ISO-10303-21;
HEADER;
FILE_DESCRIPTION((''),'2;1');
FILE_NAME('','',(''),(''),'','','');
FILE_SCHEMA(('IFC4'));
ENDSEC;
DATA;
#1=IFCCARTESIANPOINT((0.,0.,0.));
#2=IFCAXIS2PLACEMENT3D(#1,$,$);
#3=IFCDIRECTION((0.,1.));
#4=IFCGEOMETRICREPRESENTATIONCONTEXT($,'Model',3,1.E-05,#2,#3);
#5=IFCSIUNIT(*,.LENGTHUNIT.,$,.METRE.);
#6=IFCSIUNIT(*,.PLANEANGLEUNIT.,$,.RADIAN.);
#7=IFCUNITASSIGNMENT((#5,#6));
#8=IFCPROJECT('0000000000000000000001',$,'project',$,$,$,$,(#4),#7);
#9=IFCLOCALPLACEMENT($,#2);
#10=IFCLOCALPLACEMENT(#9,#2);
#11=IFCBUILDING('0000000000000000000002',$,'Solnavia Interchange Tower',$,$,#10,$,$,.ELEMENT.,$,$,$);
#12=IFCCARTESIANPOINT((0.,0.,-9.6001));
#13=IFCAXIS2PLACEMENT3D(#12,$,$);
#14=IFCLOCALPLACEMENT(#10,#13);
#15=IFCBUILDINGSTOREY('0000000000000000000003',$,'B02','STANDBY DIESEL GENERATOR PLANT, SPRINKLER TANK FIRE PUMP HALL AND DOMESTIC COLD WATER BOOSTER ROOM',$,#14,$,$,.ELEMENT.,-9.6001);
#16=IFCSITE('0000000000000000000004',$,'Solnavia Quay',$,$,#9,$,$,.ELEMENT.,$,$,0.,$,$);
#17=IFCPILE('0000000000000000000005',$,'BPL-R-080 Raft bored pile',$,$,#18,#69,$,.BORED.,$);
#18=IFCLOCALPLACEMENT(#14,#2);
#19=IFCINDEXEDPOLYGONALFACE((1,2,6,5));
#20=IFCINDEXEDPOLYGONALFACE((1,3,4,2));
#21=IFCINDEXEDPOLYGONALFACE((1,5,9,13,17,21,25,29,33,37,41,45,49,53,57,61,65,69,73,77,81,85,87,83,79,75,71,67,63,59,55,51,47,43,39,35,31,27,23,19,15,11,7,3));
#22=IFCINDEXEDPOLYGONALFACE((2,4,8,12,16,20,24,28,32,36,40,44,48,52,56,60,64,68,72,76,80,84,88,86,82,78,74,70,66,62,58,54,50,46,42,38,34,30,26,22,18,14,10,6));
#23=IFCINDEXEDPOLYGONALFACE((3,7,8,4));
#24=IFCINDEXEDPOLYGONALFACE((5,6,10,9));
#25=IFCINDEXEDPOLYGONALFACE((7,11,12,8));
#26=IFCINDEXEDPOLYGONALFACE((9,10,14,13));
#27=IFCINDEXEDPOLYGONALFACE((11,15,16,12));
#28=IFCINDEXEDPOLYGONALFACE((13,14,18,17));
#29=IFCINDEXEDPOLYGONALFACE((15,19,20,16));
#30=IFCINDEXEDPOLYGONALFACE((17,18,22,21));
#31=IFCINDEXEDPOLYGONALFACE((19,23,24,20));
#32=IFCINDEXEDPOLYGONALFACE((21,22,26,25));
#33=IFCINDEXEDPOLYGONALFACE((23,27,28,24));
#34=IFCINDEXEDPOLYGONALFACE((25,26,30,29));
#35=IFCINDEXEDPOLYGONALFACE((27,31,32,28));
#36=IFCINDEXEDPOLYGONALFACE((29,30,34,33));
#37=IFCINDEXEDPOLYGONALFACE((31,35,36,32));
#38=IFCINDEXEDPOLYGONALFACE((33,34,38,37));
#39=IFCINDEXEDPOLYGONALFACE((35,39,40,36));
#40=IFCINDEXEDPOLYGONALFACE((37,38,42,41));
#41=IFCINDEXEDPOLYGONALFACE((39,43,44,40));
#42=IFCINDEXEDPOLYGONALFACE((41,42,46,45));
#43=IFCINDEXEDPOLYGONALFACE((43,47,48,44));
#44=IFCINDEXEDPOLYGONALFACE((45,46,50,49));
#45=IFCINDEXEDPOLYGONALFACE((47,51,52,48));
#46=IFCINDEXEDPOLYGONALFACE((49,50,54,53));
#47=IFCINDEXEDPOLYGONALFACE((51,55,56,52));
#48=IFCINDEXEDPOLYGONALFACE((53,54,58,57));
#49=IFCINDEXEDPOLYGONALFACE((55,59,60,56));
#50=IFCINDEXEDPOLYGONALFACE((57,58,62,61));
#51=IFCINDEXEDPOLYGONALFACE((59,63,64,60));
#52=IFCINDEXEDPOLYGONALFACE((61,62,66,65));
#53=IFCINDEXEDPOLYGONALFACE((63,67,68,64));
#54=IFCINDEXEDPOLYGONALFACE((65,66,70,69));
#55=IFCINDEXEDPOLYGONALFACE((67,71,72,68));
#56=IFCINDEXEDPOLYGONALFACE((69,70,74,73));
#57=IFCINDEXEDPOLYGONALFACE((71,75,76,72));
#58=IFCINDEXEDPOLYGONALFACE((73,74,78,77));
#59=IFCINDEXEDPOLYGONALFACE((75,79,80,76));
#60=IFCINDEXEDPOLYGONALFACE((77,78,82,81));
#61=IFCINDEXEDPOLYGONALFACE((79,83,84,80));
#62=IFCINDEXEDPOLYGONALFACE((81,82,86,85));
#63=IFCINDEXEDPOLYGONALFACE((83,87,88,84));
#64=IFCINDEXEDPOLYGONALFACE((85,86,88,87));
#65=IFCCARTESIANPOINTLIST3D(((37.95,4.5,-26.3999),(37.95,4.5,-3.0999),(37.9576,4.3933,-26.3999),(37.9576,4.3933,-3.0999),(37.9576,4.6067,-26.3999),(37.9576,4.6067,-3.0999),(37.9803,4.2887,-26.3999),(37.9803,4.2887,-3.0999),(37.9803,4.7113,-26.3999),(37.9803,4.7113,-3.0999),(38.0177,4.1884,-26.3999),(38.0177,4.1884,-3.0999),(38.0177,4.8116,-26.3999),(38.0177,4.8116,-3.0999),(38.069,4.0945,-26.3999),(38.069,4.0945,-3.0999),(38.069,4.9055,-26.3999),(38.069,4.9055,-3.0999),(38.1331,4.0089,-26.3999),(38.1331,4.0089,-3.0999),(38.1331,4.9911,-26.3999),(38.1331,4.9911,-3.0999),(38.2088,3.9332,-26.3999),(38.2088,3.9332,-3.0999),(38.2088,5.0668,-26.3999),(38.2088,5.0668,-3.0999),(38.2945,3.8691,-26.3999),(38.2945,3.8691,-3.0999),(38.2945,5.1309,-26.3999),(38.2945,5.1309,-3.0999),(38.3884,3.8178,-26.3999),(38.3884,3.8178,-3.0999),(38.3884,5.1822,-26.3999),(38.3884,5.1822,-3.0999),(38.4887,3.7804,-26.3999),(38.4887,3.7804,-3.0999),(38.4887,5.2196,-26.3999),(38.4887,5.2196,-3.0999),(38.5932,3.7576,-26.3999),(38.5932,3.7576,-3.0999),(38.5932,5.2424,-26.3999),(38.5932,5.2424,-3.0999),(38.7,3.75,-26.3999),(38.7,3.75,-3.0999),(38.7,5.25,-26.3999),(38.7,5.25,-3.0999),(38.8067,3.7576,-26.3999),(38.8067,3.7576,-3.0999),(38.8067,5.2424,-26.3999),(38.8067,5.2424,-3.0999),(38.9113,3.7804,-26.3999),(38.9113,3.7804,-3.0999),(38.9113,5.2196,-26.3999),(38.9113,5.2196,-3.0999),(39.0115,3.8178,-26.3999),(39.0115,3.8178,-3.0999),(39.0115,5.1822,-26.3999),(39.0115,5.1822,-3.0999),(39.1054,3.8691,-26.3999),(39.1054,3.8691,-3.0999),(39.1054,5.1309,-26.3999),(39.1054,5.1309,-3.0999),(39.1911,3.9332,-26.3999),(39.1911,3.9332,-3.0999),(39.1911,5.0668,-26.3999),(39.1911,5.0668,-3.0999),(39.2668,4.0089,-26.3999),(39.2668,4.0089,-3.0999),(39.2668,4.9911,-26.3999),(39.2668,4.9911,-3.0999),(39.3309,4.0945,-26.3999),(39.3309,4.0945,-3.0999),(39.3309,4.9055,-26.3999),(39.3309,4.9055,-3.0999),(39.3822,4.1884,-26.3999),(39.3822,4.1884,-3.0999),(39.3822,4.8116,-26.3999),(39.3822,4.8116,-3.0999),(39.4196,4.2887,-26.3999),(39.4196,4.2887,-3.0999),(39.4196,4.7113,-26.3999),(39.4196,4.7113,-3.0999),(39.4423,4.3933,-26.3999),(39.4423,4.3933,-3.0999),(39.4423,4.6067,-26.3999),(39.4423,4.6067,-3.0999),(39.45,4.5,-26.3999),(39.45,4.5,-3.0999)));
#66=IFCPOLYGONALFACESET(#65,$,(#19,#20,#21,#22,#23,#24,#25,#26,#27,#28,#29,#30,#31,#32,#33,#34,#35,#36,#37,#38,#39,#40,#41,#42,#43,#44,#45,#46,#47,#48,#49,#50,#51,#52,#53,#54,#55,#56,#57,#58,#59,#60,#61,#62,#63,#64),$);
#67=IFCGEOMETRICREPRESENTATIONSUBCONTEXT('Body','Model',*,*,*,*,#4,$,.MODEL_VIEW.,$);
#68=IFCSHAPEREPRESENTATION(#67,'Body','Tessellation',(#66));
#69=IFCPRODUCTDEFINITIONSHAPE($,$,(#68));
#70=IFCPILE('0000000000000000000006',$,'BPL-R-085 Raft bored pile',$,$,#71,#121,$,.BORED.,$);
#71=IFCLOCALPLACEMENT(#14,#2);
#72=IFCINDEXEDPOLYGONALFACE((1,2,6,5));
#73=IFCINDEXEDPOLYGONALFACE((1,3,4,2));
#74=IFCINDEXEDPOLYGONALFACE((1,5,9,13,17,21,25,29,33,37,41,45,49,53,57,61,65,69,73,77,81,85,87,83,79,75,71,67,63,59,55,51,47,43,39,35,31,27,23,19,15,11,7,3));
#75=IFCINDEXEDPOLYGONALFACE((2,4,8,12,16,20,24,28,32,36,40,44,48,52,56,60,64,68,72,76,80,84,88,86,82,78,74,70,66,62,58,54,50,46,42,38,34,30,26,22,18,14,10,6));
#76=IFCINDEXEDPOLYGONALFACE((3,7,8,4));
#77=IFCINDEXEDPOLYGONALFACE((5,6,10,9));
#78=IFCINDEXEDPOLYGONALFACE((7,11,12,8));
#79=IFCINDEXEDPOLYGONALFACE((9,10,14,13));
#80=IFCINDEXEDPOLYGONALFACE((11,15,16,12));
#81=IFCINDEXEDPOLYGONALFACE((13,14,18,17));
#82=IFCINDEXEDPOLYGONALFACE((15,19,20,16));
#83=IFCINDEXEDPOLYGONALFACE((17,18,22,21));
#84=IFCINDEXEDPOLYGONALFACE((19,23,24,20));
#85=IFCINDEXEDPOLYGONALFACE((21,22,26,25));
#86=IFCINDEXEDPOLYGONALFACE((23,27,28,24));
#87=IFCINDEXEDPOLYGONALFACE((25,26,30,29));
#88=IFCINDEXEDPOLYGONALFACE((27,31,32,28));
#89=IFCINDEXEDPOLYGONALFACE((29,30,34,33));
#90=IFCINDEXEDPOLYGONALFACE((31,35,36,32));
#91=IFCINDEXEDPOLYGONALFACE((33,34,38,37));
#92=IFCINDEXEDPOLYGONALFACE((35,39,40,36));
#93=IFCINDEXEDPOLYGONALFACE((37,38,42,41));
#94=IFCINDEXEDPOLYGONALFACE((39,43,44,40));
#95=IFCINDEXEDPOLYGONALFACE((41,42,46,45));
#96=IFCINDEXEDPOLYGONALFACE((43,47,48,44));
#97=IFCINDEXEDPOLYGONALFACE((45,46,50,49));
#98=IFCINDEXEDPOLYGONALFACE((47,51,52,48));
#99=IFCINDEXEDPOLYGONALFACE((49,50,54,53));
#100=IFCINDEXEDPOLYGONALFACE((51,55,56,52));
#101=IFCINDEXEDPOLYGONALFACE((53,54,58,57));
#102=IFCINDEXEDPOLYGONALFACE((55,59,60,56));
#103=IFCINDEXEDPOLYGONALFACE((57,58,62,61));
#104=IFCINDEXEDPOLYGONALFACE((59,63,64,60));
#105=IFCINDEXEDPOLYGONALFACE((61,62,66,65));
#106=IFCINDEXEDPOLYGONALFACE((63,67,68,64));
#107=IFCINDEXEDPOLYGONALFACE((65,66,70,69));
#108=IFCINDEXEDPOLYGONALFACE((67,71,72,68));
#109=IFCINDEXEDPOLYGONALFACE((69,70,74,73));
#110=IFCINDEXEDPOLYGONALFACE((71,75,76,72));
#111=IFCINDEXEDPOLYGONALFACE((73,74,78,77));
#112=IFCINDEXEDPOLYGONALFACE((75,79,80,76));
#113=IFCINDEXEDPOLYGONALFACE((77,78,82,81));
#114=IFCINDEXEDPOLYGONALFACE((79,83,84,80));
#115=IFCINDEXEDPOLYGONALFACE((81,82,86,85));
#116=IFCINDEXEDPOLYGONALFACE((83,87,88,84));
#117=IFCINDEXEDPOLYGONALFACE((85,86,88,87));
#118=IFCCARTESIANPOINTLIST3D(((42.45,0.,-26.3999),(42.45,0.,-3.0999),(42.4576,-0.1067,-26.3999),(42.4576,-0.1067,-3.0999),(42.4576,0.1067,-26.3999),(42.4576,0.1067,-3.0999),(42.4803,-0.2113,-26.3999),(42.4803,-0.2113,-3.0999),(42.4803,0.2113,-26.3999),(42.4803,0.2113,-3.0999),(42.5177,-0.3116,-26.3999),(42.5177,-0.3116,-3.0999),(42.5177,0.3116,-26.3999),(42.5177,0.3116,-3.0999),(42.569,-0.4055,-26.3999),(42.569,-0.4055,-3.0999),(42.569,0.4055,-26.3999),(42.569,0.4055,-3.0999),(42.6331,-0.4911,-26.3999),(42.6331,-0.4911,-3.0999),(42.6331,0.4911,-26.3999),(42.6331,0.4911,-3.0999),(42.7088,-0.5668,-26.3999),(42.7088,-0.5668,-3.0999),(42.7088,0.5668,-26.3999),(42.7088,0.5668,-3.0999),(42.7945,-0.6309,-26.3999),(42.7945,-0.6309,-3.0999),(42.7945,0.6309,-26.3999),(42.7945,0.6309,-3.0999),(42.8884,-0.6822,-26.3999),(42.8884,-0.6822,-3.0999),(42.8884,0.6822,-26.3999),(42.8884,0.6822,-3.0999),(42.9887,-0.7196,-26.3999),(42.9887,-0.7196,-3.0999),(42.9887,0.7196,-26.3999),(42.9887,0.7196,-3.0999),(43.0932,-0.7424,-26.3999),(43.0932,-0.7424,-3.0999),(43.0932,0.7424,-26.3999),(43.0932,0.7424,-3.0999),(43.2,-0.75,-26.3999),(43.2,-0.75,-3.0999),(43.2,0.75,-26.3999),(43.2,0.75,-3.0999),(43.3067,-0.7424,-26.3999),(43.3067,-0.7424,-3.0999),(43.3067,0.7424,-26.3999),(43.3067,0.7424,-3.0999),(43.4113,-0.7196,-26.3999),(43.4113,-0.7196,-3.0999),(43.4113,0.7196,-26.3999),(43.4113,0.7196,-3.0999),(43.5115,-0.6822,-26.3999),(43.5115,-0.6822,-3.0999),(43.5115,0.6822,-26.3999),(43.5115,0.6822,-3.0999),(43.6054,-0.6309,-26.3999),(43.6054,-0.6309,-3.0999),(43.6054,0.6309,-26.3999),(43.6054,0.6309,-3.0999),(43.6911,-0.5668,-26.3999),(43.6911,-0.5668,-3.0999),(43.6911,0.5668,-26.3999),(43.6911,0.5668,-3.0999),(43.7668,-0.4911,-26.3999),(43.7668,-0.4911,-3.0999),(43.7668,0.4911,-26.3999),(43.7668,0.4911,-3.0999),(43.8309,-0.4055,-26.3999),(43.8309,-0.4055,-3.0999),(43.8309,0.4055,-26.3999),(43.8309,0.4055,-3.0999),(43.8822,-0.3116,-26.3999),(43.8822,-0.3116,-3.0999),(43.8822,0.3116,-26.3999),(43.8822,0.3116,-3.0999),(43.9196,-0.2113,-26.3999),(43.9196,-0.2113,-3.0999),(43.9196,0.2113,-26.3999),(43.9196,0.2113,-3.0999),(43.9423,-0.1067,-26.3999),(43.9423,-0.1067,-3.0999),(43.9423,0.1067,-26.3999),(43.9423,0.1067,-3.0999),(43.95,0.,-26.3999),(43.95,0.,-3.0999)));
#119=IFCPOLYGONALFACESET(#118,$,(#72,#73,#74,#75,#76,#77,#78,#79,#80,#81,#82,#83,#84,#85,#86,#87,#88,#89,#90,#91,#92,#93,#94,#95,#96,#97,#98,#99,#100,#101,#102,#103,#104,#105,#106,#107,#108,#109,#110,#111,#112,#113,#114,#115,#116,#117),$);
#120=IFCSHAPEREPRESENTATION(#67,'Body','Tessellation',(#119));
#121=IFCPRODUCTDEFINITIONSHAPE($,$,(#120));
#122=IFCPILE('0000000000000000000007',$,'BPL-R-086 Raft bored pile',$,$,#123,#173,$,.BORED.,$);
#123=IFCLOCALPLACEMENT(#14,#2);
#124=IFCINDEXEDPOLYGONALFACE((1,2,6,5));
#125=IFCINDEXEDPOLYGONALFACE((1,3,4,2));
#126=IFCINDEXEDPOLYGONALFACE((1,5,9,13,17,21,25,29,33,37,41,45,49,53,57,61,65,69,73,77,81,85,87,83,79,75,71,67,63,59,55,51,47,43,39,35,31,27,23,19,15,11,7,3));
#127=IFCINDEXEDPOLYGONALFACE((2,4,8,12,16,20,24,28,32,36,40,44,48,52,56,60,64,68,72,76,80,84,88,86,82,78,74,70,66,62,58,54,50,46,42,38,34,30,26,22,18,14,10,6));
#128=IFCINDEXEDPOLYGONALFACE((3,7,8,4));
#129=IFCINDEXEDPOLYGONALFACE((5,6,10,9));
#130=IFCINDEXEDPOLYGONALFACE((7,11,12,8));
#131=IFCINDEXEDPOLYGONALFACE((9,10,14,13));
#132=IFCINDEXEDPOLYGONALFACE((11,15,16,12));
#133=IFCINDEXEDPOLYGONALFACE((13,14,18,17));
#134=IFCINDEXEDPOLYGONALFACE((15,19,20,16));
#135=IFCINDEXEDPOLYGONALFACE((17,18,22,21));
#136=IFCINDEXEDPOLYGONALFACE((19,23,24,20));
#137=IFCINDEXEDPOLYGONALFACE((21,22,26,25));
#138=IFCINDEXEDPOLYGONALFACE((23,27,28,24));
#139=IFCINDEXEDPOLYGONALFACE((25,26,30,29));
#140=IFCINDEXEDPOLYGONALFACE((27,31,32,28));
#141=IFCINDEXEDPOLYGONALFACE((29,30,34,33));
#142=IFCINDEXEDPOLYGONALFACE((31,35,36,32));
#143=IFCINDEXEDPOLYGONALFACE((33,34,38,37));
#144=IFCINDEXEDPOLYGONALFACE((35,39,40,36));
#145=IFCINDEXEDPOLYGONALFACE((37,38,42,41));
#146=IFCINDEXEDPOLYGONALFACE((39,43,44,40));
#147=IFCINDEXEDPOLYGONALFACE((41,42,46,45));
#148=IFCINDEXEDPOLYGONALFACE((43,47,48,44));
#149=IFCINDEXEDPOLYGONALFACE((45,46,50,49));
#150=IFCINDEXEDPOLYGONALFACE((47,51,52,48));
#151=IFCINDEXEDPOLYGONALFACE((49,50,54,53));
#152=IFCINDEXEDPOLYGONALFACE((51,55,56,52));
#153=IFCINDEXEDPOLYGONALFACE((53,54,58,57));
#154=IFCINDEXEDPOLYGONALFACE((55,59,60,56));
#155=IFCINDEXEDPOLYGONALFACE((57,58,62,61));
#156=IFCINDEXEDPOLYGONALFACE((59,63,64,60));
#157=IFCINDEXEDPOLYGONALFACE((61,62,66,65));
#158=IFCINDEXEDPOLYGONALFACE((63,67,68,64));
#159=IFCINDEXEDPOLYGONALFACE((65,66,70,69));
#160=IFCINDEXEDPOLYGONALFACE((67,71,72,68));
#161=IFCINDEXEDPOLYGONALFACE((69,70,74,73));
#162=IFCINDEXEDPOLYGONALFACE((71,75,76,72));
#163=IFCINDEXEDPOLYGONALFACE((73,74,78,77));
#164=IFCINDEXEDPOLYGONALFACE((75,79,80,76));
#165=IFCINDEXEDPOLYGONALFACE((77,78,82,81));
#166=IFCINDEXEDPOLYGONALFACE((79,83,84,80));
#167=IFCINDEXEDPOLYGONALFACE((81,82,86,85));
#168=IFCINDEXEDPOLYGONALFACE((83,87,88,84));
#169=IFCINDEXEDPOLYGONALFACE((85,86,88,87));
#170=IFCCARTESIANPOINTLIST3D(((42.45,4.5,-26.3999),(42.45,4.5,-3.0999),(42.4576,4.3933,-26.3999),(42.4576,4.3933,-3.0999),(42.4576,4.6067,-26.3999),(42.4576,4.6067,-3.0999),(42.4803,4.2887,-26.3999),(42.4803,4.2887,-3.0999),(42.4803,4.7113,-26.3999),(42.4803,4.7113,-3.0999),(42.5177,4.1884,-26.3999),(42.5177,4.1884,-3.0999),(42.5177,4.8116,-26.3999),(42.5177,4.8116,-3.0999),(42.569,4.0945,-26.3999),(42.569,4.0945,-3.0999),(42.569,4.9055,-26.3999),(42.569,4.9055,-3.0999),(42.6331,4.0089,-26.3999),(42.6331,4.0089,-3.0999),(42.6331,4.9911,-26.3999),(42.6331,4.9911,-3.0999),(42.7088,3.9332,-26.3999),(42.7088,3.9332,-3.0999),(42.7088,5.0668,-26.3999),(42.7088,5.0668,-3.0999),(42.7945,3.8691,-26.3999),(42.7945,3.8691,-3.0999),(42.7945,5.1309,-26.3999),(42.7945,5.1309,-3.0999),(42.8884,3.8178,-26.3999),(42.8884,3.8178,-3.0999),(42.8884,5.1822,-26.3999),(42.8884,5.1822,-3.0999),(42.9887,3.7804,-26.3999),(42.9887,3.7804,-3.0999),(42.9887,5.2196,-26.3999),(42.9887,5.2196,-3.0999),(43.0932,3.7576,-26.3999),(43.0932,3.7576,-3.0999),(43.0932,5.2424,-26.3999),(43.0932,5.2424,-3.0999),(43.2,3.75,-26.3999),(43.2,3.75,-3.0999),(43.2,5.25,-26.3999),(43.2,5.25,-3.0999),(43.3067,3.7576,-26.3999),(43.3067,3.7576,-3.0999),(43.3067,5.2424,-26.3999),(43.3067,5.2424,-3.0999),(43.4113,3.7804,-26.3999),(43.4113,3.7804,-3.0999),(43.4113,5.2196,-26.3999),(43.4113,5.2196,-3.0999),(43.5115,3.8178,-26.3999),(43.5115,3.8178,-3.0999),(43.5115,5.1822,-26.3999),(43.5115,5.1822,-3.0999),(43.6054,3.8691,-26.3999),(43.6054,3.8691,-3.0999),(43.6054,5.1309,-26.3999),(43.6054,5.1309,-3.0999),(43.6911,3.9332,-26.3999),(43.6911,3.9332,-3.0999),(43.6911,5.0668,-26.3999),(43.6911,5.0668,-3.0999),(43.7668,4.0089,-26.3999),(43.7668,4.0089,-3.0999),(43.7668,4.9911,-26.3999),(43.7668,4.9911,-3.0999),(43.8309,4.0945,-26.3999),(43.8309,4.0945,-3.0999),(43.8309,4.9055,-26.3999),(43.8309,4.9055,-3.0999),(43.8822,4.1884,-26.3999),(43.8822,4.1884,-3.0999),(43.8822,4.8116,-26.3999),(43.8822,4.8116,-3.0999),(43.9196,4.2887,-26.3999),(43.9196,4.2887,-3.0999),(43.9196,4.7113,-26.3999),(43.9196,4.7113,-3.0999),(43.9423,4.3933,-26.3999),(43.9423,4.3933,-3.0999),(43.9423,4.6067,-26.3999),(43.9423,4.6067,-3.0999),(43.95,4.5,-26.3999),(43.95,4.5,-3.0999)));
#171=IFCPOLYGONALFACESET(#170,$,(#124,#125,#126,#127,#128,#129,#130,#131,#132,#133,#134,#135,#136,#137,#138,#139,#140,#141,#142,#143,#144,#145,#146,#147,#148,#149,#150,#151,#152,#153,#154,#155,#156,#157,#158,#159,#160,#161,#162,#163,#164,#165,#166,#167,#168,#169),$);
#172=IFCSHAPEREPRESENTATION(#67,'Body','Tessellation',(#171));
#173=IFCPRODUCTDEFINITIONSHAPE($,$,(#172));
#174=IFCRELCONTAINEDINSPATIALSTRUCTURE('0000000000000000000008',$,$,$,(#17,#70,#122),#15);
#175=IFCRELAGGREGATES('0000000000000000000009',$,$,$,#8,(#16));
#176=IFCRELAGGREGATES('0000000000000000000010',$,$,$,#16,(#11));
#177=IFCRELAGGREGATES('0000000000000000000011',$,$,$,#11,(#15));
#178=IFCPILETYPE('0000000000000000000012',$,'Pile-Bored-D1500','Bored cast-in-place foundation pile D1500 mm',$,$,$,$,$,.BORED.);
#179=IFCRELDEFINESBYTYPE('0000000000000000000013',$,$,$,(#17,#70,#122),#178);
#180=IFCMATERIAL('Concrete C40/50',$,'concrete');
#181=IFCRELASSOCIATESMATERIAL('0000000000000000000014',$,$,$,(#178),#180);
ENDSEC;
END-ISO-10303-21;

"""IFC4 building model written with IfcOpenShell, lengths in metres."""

from ifc_helpers import new_model, si_unit, direction, frame, origin, origin_2d, place, context, subcontext, project, spatial, circle, extrude, material, material_profile, profile_set, type_object, element, save


model = new_model("IFC4")

# Units and contexts
model_context = context("Model", 3, precision=1e-05, world=origin(), true_north=direction((0.0, 1.0)))
body_context = subcontext(model_context, "Body", "Model", "MODEL_VIEW")
ifc_project = project(units=[si_unit("LENGTHUNIT", "METRE"), si_unit("PLANEANGLEUNIT", "RADIAN")], contexts=[model_context])

# Site, building, storey
site_placement = place(None, origin())
site = spatial("IfcSite", under=ifc_project, at=site_placement, Name="Solnavia Quay", CompositionType="ELEMENT", RefElevation=0.0)
building_placement = place(site_placement, origin())
building = spatial("IfcBuilding", under=site, at=building_placement, Name="Solnavia Interchange Tower", CompositionType="ELEMENT")
storey_placement = place(building_placement, frame((0.0, 0.0, -9.6001)))
storey = spatial("IfcBuildingStorey", under=building, at=storey_placement, Name="B02", Description="STANDBY DIESEL GENERATOR PLANT, SPRINKLER TANK FIRE PUMP HALL AND DOMESTIC COLD WATER BOOSTER ROOM", CompositionType="ELEMENT", Elevation=-9.6001)

# Shared definitions
ifc_material_1 = material(Name="Concrete C40/50", Category="concrete")

# Piles
ifc_material_profile_1 = material_profile(ifc_material_1, circle(Radius=0.75, at=origin_2d()), Name="PILE D1500")
ifc_profile_set_1 = profile_set([ifc_material_profile_1], Name="Concrete C40/50")
pile_type = type_object("IfcPileType", Name="Pile-Bored-D1500", Description="Bored cast-in-place foundation pile D1500 mm", PredefinedType="BORED", material=ifc_profile_set_1)
for number, where, z_axis, x_axis, name in (
    (1, (38.7, 4.5, -3.0999), (0.0, 0.0, -1.0), (1.0, 0.0, 0.0), "BPL-R-080 Raft bored pile"),
    (2, (43.2, 0.0, -3.0999), (0.0, 0.0, -1.0), (1.0, 0.0, 0.0), "BPL-R-085 Raft bored pile"),
    (3, (43.2, 4.5, -3.0999), (0.0, 0.0, -1.0), (1.0, 0.0, 0.0), "BPL-R-086 Raft bored pile"),
):
    element("IfcPile", number, at=place(storey_placement, frame(where, z_axis=z_axis, x_axis=x_axis)), inside=storey, type_object=pile_type, Name=name, PredefinedType="BORED", context=body_context, shape_type="SweptSolid", body=[
        extrude(circle(Radius=0.75, at=origin_2d()), origin(), (0.0, 0.0, 1.0), 23.3),
    ])

save(model, "model.ifc")
